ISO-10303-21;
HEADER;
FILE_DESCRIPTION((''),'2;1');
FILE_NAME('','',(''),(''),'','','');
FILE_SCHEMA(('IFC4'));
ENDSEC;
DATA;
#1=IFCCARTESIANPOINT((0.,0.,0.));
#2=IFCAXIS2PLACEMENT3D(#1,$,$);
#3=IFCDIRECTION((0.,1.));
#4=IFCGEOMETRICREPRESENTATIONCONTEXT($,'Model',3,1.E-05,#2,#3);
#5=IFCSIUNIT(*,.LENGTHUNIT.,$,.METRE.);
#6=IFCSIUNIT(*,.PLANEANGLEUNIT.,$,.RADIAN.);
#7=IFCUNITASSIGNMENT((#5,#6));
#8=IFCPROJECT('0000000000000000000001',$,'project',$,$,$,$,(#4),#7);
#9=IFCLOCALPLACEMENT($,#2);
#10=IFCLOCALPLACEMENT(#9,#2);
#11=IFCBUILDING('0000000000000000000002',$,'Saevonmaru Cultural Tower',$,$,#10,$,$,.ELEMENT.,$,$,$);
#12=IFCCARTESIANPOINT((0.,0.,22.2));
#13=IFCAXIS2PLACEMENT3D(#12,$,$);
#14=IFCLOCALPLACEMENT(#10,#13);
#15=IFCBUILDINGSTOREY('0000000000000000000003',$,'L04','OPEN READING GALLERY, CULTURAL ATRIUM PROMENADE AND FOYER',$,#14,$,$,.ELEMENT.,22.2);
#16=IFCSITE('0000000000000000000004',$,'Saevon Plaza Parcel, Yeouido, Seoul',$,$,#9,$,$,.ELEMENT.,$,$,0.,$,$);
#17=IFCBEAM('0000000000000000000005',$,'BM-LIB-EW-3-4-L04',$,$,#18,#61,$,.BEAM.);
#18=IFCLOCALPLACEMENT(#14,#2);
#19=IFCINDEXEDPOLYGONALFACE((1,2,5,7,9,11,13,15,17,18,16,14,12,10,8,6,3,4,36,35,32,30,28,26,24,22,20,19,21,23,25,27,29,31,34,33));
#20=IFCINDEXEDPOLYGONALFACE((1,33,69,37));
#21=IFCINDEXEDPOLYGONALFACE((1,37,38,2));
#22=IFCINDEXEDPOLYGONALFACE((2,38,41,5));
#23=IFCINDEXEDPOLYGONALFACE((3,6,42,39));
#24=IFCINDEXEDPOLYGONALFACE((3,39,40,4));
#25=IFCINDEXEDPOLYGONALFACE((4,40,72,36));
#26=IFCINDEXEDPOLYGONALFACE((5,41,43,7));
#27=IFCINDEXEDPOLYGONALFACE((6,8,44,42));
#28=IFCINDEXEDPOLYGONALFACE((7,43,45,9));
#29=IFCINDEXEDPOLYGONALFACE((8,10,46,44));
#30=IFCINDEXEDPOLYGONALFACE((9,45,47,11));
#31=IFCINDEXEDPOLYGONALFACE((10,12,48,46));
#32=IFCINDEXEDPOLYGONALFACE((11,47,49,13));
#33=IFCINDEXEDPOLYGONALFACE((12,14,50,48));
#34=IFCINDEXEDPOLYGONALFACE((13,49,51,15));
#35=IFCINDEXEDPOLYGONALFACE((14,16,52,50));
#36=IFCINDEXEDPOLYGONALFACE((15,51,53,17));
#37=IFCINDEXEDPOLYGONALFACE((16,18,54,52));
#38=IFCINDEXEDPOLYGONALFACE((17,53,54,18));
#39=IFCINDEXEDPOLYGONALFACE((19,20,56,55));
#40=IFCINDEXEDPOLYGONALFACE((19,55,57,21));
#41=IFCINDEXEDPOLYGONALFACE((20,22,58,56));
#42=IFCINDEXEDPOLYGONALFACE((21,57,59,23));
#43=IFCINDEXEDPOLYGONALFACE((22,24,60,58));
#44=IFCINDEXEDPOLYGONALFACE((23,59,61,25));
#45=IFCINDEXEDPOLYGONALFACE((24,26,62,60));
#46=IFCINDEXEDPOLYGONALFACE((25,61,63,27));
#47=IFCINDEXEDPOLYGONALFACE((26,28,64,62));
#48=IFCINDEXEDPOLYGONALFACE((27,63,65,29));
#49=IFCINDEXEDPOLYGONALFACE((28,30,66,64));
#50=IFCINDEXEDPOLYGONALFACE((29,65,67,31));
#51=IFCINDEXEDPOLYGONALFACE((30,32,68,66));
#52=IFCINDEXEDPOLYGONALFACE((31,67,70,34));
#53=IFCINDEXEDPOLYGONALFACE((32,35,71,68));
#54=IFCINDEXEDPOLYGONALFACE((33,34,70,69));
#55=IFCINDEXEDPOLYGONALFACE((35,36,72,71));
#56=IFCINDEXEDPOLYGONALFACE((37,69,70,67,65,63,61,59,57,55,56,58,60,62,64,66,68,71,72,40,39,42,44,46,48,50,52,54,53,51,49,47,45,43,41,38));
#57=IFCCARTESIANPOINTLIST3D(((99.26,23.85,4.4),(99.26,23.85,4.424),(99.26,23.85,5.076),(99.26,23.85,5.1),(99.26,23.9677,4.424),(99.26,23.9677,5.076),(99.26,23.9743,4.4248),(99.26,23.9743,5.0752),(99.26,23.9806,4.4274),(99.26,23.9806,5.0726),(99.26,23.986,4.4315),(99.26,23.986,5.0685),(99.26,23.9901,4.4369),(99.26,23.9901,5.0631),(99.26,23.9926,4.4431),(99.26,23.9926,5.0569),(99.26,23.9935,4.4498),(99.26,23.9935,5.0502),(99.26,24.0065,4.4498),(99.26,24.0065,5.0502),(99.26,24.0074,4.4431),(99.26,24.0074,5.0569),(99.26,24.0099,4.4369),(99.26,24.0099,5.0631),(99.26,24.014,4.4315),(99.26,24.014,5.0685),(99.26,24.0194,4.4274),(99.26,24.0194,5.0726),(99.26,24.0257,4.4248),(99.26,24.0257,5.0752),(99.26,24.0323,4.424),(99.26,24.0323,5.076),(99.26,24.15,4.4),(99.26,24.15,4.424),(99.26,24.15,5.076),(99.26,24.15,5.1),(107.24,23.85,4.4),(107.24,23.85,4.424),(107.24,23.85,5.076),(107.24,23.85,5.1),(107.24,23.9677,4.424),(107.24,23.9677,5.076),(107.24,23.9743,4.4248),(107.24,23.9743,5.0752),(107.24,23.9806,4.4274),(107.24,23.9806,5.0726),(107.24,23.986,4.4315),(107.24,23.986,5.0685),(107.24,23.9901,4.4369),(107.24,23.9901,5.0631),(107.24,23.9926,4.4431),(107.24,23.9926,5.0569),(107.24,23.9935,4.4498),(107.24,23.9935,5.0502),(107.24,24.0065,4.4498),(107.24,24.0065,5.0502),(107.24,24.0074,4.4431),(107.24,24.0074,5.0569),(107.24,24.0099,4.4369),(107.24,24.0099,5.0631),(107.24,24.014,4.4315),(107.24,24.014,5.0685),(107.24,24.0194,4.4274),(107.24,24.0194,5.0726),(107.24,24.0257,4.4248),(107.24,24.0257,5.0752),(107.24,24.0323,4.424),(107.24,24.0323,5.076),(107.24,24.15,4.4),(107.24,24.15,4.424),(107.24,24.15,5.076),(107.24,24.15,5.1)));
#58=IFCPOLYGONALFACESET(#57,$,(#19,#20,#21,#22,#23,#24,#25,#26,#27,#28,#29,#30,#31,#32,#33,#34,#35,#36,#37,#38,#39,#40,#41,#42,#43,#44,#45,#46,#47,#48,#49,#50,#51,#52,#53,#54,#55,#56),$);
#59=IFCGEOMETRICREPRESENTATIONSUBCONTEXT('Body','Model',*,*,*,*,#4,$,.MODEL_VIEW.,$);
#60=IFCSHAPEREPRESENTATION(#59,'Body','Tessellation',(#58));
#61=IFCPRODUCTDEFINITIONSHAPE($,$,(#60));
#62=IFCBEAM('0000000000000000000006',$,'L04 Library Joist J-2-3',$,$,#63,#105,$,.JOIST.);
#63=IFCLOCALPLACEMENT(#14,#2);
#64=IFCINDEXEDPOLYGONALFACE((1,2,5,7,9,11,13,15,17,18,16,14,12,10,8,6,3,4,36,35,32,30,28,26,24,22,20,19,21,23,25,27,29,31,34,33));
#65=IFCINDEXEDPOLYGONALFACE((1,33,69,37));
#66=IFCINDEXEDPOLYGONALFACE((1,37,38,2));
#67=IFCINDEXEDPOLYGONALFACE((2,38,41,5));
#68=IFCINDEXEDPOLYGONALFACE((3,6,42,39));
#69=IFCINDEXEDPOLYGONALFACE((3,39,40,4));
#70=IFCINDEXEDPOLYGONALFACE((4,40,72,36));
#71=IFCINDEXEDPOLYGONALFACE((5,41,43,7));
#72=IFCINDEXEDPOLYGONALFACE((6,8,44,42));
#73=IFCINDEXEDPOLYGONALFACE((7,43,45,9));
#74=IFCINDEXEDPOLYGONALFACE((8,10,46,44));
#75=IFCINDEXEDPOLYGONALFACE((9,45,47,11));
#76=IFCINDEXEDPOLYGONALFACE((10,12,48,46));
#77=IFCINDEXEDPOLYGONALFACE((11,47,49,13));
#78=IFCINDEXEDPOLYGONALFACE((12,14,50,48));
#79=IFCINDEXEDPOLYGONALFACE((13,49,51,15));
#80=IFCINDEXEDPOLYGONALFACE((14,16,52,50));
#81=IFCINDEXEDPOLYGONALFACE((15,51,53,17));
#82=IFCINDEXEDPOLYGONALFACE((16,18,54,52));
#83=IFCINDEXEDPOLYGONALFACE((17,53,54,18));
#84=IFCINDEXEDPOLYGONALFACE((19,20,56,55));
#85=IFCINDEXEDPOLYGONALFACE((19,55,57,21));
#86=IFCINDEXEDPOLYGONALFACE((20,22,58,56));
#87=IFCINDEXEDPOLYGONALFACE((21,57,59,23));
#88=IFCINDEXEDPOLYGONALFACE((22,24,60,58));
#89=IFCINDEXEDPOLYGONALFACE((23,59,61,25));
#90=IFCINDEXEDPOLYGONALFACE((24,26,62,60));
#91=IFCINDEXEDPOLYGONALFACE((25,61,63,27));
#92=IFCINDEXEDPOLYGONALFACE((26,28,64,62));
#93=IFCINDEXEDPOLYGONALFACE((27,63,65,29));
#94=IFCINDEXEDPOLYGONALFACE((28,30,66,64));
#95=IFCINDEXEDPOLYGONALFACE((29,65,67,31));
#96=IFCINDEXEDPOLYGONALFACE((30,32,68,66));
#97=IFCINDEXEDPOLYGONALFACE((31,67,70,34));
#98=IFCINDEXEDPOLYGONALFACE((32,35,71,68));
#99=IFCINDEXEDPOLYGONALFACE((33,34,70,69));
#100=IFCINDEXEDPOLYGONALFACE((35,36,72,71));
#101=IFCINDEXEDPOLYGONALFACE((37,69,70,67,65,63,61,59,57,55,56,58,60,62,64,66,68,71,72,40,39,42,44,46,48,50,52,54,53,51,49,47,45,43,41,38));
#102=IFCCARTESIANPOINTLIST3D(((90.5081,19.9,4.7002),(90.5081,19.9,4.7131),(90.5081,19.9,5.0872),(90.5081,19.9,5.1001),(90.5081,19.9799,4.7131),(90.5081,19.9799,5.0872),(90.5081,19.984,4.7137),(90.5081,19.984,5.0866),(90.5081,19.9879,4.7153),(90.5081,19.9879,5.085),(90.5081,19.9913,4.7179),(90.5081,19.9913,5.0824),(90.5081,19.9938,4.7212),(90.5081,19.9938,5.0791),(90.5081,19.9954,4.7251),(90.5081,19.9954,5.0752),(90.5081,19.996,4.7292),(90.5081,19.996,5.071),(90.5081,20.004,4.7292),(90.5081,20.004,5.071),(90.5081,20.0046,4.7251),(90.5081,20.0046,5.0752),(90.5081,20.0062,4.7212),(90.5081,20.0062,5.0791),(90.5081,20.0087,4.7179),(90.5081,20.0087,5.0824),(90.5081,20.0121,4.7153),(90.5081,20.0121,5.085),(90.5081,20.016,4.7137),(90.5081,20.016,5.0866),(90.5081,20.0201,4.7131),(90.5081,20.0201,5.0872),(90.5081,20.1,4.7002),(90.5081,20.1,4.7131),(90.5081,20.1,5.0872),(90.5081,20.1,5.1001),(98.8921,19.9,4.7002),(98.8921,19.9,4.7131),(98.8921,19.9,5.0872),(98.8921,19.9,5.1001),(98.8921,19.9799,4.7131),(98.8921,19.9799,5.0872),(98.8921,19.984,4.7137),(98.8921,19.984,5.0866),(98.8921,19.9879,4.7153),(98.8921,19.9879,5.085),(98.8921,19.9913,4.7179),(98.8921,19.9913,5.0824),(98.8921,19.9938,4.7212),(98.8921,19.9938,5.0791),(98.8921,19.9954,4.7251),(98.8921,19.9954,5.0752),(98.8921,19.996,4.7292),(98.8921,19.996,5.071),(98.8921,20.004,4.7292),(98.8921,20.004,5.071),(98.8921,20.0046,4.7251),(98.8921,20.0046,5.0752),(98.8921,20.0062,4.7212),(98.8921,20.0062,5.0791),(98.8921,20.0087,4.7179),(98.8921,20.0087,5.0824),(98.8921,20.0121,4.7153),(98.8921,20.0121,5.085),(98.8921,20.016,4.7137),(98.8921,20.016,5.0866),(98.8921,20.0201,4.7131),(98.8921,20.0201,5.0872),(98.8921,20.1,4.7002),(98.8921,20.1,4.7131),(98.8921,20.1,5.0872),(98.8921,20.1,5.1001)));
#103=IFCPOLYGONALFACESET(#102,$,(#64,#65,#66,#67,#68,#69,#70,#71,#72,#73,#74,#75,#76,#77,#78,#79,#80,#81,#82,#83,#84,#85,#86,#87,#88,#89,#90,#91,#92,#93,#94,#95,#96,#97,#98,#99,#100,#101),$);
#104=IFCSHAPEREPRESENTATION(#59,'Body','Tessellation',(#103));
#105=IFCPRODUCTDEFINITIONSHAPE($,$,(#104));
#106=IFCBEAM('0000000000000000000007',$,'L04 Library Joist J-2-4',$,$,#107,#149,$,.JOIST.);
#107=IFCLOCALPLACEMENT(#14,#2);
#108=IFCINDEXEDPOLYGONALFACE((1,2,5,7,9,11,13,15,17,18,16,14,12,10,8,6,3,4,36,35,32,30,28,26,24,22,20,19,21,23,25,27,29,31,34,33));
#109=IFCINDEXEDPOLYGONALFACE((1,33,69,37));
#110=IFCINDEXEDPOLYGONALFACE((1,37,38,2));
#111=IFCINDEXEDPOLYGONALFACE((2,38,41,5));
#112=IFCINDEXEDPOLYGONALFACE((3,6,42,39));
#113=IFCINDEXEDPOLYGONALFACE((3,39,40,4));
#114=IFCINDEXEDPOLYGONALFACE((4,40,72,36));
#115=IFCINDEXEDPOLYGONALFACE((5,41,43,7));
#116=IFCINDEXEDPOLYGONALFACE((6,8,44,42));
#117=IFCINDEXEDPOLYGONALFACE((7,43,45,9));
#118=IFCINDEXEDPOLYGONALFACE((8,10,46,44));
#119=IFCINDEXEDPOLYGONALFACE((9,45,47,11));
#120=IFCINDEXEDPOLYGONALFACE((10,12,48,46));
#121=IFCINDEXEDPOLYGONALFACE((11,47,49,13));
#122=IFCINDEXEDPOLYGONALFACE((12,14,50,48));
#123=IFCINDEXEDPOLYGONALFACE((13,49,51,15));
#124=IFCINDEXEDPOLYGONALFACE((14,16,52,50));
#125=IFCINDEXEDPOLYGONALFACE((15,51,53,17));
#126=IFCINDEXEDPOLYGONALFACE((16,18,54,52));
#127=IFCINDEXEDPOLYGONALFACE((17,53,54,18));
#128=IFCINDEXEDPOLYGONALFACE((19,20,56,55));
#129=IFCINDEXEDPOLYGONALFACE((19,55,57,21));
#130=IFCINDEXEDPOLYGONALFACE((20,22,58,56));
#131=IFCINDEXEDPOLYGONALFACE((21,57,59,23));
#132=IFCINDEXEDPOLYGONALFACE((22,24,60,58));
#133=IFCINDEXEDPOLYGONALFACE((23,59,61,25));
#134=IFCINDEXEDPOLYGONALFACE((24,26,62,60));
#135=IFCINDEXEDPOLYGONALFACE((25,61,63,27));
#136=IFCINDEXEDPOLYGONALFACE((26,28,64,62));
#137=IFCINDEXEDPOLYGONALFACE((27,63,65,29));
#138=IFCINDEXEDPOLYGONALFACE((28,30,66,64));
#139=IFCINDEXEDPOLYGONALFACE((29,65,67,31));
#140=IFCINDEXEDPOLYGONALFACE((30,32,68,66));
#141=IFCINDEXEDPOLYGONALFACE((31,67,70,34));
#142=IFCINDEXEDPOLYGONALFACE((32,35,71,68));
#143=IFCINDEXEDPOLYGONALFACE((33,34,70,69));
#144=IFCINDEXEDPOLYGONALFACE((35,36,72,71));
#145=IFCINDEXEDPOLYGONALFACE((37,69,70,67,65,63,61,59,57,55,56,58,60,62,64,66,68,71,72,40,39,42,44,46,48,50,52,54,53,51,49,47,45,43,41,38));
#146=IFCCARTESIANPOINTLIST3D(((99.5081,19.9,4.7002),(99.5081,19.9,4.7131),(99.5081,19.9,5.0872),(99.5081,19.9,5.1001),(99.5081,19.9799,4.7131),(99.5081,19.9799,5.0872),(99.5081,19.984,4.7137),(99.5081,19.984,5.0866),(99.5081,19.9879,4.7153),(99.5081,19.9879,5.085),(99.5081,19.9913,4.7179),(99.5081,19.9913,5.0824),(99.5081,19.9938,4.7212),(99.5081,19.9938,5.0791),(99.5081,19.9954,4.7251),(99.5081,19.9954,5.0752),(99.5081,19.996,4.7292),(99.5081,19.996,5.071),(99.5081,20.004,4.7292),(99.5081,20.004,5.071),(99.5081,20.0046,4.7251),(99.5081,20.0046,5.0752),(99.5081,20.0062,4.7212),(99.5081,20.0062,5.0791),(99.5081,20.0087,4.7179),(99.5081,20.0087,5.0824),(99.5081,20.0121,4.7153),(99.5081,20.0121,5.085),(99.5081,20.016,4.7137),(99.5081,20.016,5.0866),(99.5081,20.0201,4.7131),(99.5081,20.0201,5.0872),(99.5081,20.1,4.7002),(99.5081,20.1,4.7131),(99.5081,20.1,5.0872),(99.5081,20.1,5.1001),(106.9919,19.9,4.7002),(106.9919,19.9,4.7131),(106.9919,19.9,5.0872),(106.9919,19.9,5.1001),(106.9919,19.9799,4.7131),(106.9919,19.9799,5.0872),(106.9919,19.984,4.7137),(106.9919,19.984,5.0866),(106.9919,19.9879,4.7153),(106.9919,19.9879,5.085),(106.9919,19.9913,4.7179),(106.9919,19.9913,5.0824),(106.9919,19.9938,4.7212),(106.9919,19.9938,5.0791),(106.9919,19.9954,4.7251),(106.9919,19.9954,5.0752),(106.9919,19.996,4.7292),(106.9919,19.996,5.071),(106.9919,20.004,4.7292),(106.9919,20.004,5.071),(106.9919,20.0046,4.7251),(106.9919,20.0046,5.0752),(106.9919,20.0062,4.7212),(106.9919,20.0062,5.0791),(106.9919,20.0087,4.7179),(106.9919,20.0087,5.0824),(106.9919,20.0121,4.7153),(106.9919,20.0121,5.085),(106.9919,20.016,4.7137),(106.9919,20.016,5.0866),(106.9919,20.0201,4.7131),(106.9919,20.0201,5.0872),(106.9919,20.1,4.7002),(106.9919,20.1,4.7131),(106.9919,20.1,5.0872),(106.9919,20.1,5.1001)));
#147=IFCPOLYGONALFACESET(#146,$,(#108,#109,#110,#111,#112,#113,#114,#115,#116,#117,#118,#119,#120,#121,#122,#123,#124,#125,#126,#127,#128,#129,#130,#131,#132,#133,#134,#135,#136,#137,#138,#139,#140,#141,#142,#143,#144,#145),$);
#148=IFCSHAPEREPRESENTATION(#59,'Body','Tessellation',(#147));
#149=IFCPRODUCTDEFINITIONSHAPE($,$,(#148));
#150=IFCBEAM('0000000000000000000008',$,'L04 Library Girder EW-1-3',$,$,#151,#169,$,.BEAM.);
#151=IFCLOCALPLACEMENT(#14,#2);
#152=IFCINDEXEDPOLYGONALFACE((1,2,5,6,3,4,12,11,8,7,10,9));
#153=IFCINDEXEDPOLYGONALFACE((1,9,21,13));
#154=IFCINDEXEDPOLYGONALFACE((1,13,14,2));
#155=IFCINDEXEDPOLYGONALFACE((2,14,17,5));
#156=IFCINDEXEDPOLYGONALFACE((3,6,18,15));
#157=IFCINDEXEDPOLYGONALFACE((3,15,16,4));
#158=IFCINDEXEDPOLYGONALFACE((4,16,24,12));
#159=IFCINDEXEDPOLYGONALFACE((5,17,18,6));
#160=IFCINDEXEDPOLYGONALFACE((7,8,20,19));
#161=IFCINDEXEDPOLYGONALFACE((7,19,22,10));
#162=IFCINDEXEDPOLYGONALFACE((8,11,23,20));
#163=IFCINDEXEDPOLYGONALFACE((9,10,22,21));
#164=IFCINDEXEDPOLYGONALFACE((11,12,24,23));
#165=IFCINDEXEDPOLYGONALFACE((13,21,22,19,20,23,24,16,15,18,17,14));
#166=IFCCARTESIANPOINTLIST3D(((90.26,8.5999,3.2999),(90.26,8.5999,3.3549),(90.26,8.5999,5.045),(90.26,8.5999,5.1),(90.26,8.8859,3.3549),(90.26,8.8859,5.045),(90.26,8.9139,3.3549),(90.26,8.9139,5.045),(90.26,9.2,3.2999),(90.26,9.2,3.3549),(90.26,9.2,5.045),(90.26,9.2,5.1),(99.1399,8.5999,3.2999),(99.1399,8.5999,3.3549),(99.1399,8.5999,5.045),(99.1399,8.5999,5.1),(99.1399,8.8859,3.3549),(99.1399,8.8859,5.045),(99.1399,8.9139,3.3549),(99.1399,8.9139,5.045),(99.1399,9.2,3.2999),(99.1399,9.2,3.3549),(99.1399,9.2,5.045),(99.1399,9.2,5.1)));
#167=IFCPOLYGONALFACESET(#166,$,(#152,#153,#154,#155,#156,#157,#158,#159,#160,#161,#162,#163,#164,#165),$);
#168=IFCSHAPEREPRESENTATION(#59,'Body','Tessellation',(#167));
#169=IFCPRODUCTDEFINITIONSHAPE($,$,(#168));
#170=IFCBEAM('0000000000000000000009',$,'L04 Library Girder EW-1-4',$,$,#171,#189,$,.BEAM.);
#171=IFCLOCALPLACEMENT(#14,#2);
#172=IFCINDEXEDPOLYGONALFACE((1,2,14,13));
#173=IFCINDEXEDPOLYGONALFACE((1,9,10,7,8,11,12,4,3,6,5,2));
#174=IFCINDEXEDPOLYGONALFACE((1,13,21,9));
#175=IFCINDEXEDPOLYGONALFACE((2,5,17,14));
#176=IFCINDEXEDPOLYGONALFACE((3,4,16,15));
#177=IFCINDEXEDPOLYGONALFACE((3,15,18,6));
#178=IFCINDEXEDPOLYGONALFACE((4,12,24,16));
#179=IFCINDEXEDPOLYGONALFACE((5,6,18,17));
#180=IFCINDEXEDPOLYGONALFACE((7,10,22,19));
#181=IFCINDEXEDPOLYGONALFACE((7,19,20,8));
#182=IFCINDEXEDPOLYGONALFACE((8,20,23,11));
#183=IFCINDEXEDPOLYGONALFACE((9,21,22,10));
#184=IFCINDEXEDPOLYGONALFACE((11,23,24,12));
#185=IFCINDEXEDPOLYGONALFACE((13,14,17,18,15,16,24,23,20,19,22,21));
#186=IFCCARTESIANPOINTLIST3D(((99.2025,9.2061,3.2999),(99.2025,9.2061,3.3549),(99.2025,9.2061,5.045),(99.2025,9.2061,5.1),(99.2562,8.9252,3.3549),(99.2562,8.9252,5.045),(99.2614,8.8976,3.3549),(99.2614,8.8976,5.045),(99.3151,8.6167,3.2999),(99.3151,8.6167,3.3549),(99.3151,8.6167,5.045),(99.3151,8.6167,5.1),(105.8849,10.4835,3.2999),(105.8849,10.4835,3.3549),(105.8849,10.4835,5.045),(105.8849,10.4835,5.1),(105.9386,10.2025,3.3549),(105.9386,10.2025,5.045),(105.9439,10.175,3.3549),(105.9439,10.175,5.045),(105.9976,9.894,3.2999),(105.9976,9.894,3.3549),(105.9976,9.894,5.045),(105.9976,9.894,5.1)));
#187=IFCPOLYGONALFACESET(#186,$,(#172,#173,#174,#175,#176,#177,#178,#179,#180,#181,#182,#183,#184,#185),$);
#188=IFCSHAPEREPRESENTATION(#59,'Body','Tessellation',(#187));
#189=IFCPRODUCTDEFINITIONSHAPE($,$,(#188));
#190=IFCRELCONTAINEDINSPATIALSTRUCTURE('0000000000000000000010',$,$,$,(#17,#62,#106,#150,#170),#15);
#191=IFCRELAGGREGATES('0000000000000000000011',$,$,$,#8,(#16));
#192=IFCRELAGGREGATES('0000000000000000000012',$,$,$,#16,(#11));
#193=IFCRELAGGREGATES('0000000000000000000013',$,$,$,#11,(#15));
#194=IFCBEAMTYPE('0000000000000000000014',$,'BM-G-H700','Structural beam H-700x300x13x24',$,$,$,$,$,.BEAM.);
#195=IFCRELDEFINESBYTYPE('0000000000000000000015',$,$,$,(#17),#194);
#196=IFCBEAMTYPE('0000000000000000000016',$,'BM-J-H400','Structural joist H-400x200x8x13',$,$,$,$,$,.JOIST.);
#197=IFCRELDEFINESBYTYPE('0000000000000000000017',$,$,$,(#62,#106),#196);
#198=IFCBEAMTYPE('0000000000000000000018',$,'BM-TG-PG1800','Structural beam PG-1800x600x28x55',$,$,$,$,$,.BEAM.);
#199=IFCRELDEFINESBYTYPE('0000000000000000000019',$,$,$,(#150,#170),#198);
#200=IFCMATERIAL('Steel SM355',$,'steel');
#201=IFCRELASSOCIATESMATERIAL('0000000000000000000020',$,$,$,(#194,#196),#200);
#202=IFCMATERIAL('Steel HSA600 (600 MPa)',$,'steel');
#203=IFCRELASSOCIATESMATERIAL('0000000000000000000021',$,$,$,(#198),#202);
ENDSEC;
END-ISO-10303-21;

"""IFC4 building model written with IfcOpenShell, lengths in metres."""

from ifc_helpers import new_model, si_unit, direction, frame, origin, origin_2d, place, context, subcontext, project, spatial, i_section, extrude, material, material_profile, profile_set, type_object, element, save


model = new_model("IFC4")

# Units and contexts
model_context = context("Model", 3, precision=1e-05, world=origin(), true_north=direction((0.0, 1.0)))
body_context = subcontext(model_context, "Body", "Model", "MODEL_VIEW")
ifc_project = project(units=[si_unit("LENGTHUNIT", "METRE"), si_unit("PLANEANGLEUNIT", "RADIAN")], contexts=[model_context])

# Site, building, storey
site_placement = place(None, origin())
site = spatial("IfcSite", under=ifc_project, at=site_placement, Name="Saevon Plaza Parcel, Yeouido, Seoul", CompositionType="ELEMENT", RefElevation=0.0)
building_placement = place(site_placement, origin())
building = spatial("IfcBuilding", under=site, at=building_placement, Name="Saevonmaru Cultural Tower", CompositionType="ELEMENT")
storey_placement = place(building_placement, frame((0.0, 0.0, 22.2)))
storey = spatial("IfcBuildingStorey", under=building, at=storey_placement, Name="L04", Description="OPEN READING GALLERY, CULTURAL ATRIUM PROMENADE AND FOYER", CompositionType="ELEMENT", Elevation=22.2)

# Shared definitions
ifc_material_1 = material(Name="Steel SM355", Category="steel")

# Beams
ifc_material_profile_1 = material_profile(ifc_material_1, i_section(OverallWidth=0.3, OverallDepth=0.7, WebThickness=0.0129, FlangeThickness=0.0239, FilletRadius=0.0259, at=origin_2d()), Name="H-700x300x13x24")
ifc_profile_set_1 = profile_set([ifc_material_profile_1], Name="Steel SM355")
beam_type_1 = type_object("IfcBeamType", Name="BM-G-H700", Description="Structural beam H-700x300x13x24", PredefinedType="BEAM", material=ifc_profile_set_1)
beam_1_placement = place(storey_placement, frame((99.26, 24.0, 4.75), z_axis=(1.0, 0.0, 0.0), x_axis=(0.0, 1.0, 0.0)))
element("IfcBeam", 1, at=beam_1_placement, inside=storey, type_object=beam_type_1, Name="BM-LIB-EW-3-4-L04", PredefinedType="BEAM", context=body_context, shape_type="SweptSolid", body=[
    extrude(i_section(OverallWidth=0.3, OverallDepth=0.7, WebThickness=0.0129, FlangeThickness=0.0239, FilletRadius=0.0259, at=origin_2d()), origin(), (0.0, 0.0, 1.0), 7.98),
])
ifc_material_profile_2 = material_profile(ifc_material_1, i_section(OverallWidth=0.2, OverallDepth=0.3999, WebThickness=0.0081, FlangeThickness=0.0129, FilletRadius=0.0161, at=origin_2d()), Name="H-400x200x8x13")
ifc_profile_set_2 = profile_set([ifc_material_profile_2], Name="Steel SM355")
beam_type_2 = type_object("IfcBeamType", Name="BM-J-H400", Description="Structural joist H-400x200x8x13", PredefinedType="JOIST", material=ifc_profile_set_2)
beam_2_placement = place(storey_placement, frame((90.5081, 20.0, 4.9001), z_axis=(1.0, 0.0, 0.0), x_axis=(0.0, 1.0, 0.0)))
element("IfcBeam", 2, at=beam_2_placement, inside=storey, type_object=beam_type_2, Name="L04 Library Joist J-2-3", PredefinedType="JOIST", context=body_context, shape_type="SweptSolid", body=[
    extrude(i_section(OverallWidth=0.2, OverallDepth=0.3999, WebThickness=0.0081, FlangeThickness=0.0129, FilletRadius=0.0161, at=origin_2d()), origin(), (0.0, 0.0, 1.0), 8.384),
])
beam_3_placement = place(storey_placement, frame((99.5081, 20.0, 4.9001), z_axis=(1.0, 0.0, 0.0), x_axis=(0.0, 1.0, 0.0)))
element("IfcBeam", 3, at=beam_3_placement, inside=storey, type_object=beam_type_2, Name="L04 Library Joist J-2-4", PredefinedType="JOIST", context=body_context, shape_type="SweptSolid", body=[
    extrude(i_section(OverallWidth=0.2, OverallDepth=0.3999, WebThickness=0.0081, FlangeThickness=0.0129, FilletRadius=0.0161, at=origin_2d()), origin(), (0.0, 0.0, 1.0), 7.4839),
])
ifc_material_2 = material(Name="Steel HSA600 (600 MPa)", Category="steel")
ifc_material_profile_3 = material_profile(ifc_material_2, i_section(OverallWidth=0.6001, OverallDepth=1.8, WebThickness=0.0281, FlangeThickness=0.0549, at=origin_2d()), Name="PG-1800x600x28x55")
ifc_profile_set_3 = profile_set([ifc_material_profile_3], Name="Steel HSA600 (600 MPa)")
beam_type_3 = type_object("IfcBeamType", Name="BM-TG-PG1800", Description="Structural beam PG-1800x600x28x55", PredefinedType="BEAM", material=ifc_profile_set_3)
beam_4_placement = place(storey_placement, frame((90.26, 8.8999, 4.2), z_axis=(1.0, 0.0, 0.0), x_axis=(0.0, 1.0, 0.0)))
element("IfcBeam", 4, at=beam_4_placement, inside=storey, type_object=beam_type_3, Name="L04 Library Girder EW-1-3", PredefinedType="BEAM", context=body_context, shape_type="SweptSolid", body=[
    extrude(i_section(OverallWidth=0.6001, OverallDepth=1.8, WebThickness=0.0281, FlangeThickness=0.0549, at=origin_2d()), origin(), (0.0, 0.0, 1.0), 8.8799),
])
beam_5_placement = place(storey_placement, frame((99.2588, 8.9114, 4.2), z_axis=(0.982216, 0.187752, 0.0), x_axis=(-0.187752, 0.982216, 0.0)))
element("IfcBeam", 5, at=beam_5_placement, inside=storey, type_object=beam_type_3, Name="L04 Library Girder EW-1-4", PredefinedType="BEAM", context=body_context, shape_type="SweptSolid", body=[
    extrude(i_section(OverallWidth=0.6001, OverallDepth=1.8, WebThickness=0.0281, FlangeThickness=0.0549, at=origin_2d()), origin(), (0.0, 0.0, 1.0), 6.8035),
])

save(model, "model.ifc")
